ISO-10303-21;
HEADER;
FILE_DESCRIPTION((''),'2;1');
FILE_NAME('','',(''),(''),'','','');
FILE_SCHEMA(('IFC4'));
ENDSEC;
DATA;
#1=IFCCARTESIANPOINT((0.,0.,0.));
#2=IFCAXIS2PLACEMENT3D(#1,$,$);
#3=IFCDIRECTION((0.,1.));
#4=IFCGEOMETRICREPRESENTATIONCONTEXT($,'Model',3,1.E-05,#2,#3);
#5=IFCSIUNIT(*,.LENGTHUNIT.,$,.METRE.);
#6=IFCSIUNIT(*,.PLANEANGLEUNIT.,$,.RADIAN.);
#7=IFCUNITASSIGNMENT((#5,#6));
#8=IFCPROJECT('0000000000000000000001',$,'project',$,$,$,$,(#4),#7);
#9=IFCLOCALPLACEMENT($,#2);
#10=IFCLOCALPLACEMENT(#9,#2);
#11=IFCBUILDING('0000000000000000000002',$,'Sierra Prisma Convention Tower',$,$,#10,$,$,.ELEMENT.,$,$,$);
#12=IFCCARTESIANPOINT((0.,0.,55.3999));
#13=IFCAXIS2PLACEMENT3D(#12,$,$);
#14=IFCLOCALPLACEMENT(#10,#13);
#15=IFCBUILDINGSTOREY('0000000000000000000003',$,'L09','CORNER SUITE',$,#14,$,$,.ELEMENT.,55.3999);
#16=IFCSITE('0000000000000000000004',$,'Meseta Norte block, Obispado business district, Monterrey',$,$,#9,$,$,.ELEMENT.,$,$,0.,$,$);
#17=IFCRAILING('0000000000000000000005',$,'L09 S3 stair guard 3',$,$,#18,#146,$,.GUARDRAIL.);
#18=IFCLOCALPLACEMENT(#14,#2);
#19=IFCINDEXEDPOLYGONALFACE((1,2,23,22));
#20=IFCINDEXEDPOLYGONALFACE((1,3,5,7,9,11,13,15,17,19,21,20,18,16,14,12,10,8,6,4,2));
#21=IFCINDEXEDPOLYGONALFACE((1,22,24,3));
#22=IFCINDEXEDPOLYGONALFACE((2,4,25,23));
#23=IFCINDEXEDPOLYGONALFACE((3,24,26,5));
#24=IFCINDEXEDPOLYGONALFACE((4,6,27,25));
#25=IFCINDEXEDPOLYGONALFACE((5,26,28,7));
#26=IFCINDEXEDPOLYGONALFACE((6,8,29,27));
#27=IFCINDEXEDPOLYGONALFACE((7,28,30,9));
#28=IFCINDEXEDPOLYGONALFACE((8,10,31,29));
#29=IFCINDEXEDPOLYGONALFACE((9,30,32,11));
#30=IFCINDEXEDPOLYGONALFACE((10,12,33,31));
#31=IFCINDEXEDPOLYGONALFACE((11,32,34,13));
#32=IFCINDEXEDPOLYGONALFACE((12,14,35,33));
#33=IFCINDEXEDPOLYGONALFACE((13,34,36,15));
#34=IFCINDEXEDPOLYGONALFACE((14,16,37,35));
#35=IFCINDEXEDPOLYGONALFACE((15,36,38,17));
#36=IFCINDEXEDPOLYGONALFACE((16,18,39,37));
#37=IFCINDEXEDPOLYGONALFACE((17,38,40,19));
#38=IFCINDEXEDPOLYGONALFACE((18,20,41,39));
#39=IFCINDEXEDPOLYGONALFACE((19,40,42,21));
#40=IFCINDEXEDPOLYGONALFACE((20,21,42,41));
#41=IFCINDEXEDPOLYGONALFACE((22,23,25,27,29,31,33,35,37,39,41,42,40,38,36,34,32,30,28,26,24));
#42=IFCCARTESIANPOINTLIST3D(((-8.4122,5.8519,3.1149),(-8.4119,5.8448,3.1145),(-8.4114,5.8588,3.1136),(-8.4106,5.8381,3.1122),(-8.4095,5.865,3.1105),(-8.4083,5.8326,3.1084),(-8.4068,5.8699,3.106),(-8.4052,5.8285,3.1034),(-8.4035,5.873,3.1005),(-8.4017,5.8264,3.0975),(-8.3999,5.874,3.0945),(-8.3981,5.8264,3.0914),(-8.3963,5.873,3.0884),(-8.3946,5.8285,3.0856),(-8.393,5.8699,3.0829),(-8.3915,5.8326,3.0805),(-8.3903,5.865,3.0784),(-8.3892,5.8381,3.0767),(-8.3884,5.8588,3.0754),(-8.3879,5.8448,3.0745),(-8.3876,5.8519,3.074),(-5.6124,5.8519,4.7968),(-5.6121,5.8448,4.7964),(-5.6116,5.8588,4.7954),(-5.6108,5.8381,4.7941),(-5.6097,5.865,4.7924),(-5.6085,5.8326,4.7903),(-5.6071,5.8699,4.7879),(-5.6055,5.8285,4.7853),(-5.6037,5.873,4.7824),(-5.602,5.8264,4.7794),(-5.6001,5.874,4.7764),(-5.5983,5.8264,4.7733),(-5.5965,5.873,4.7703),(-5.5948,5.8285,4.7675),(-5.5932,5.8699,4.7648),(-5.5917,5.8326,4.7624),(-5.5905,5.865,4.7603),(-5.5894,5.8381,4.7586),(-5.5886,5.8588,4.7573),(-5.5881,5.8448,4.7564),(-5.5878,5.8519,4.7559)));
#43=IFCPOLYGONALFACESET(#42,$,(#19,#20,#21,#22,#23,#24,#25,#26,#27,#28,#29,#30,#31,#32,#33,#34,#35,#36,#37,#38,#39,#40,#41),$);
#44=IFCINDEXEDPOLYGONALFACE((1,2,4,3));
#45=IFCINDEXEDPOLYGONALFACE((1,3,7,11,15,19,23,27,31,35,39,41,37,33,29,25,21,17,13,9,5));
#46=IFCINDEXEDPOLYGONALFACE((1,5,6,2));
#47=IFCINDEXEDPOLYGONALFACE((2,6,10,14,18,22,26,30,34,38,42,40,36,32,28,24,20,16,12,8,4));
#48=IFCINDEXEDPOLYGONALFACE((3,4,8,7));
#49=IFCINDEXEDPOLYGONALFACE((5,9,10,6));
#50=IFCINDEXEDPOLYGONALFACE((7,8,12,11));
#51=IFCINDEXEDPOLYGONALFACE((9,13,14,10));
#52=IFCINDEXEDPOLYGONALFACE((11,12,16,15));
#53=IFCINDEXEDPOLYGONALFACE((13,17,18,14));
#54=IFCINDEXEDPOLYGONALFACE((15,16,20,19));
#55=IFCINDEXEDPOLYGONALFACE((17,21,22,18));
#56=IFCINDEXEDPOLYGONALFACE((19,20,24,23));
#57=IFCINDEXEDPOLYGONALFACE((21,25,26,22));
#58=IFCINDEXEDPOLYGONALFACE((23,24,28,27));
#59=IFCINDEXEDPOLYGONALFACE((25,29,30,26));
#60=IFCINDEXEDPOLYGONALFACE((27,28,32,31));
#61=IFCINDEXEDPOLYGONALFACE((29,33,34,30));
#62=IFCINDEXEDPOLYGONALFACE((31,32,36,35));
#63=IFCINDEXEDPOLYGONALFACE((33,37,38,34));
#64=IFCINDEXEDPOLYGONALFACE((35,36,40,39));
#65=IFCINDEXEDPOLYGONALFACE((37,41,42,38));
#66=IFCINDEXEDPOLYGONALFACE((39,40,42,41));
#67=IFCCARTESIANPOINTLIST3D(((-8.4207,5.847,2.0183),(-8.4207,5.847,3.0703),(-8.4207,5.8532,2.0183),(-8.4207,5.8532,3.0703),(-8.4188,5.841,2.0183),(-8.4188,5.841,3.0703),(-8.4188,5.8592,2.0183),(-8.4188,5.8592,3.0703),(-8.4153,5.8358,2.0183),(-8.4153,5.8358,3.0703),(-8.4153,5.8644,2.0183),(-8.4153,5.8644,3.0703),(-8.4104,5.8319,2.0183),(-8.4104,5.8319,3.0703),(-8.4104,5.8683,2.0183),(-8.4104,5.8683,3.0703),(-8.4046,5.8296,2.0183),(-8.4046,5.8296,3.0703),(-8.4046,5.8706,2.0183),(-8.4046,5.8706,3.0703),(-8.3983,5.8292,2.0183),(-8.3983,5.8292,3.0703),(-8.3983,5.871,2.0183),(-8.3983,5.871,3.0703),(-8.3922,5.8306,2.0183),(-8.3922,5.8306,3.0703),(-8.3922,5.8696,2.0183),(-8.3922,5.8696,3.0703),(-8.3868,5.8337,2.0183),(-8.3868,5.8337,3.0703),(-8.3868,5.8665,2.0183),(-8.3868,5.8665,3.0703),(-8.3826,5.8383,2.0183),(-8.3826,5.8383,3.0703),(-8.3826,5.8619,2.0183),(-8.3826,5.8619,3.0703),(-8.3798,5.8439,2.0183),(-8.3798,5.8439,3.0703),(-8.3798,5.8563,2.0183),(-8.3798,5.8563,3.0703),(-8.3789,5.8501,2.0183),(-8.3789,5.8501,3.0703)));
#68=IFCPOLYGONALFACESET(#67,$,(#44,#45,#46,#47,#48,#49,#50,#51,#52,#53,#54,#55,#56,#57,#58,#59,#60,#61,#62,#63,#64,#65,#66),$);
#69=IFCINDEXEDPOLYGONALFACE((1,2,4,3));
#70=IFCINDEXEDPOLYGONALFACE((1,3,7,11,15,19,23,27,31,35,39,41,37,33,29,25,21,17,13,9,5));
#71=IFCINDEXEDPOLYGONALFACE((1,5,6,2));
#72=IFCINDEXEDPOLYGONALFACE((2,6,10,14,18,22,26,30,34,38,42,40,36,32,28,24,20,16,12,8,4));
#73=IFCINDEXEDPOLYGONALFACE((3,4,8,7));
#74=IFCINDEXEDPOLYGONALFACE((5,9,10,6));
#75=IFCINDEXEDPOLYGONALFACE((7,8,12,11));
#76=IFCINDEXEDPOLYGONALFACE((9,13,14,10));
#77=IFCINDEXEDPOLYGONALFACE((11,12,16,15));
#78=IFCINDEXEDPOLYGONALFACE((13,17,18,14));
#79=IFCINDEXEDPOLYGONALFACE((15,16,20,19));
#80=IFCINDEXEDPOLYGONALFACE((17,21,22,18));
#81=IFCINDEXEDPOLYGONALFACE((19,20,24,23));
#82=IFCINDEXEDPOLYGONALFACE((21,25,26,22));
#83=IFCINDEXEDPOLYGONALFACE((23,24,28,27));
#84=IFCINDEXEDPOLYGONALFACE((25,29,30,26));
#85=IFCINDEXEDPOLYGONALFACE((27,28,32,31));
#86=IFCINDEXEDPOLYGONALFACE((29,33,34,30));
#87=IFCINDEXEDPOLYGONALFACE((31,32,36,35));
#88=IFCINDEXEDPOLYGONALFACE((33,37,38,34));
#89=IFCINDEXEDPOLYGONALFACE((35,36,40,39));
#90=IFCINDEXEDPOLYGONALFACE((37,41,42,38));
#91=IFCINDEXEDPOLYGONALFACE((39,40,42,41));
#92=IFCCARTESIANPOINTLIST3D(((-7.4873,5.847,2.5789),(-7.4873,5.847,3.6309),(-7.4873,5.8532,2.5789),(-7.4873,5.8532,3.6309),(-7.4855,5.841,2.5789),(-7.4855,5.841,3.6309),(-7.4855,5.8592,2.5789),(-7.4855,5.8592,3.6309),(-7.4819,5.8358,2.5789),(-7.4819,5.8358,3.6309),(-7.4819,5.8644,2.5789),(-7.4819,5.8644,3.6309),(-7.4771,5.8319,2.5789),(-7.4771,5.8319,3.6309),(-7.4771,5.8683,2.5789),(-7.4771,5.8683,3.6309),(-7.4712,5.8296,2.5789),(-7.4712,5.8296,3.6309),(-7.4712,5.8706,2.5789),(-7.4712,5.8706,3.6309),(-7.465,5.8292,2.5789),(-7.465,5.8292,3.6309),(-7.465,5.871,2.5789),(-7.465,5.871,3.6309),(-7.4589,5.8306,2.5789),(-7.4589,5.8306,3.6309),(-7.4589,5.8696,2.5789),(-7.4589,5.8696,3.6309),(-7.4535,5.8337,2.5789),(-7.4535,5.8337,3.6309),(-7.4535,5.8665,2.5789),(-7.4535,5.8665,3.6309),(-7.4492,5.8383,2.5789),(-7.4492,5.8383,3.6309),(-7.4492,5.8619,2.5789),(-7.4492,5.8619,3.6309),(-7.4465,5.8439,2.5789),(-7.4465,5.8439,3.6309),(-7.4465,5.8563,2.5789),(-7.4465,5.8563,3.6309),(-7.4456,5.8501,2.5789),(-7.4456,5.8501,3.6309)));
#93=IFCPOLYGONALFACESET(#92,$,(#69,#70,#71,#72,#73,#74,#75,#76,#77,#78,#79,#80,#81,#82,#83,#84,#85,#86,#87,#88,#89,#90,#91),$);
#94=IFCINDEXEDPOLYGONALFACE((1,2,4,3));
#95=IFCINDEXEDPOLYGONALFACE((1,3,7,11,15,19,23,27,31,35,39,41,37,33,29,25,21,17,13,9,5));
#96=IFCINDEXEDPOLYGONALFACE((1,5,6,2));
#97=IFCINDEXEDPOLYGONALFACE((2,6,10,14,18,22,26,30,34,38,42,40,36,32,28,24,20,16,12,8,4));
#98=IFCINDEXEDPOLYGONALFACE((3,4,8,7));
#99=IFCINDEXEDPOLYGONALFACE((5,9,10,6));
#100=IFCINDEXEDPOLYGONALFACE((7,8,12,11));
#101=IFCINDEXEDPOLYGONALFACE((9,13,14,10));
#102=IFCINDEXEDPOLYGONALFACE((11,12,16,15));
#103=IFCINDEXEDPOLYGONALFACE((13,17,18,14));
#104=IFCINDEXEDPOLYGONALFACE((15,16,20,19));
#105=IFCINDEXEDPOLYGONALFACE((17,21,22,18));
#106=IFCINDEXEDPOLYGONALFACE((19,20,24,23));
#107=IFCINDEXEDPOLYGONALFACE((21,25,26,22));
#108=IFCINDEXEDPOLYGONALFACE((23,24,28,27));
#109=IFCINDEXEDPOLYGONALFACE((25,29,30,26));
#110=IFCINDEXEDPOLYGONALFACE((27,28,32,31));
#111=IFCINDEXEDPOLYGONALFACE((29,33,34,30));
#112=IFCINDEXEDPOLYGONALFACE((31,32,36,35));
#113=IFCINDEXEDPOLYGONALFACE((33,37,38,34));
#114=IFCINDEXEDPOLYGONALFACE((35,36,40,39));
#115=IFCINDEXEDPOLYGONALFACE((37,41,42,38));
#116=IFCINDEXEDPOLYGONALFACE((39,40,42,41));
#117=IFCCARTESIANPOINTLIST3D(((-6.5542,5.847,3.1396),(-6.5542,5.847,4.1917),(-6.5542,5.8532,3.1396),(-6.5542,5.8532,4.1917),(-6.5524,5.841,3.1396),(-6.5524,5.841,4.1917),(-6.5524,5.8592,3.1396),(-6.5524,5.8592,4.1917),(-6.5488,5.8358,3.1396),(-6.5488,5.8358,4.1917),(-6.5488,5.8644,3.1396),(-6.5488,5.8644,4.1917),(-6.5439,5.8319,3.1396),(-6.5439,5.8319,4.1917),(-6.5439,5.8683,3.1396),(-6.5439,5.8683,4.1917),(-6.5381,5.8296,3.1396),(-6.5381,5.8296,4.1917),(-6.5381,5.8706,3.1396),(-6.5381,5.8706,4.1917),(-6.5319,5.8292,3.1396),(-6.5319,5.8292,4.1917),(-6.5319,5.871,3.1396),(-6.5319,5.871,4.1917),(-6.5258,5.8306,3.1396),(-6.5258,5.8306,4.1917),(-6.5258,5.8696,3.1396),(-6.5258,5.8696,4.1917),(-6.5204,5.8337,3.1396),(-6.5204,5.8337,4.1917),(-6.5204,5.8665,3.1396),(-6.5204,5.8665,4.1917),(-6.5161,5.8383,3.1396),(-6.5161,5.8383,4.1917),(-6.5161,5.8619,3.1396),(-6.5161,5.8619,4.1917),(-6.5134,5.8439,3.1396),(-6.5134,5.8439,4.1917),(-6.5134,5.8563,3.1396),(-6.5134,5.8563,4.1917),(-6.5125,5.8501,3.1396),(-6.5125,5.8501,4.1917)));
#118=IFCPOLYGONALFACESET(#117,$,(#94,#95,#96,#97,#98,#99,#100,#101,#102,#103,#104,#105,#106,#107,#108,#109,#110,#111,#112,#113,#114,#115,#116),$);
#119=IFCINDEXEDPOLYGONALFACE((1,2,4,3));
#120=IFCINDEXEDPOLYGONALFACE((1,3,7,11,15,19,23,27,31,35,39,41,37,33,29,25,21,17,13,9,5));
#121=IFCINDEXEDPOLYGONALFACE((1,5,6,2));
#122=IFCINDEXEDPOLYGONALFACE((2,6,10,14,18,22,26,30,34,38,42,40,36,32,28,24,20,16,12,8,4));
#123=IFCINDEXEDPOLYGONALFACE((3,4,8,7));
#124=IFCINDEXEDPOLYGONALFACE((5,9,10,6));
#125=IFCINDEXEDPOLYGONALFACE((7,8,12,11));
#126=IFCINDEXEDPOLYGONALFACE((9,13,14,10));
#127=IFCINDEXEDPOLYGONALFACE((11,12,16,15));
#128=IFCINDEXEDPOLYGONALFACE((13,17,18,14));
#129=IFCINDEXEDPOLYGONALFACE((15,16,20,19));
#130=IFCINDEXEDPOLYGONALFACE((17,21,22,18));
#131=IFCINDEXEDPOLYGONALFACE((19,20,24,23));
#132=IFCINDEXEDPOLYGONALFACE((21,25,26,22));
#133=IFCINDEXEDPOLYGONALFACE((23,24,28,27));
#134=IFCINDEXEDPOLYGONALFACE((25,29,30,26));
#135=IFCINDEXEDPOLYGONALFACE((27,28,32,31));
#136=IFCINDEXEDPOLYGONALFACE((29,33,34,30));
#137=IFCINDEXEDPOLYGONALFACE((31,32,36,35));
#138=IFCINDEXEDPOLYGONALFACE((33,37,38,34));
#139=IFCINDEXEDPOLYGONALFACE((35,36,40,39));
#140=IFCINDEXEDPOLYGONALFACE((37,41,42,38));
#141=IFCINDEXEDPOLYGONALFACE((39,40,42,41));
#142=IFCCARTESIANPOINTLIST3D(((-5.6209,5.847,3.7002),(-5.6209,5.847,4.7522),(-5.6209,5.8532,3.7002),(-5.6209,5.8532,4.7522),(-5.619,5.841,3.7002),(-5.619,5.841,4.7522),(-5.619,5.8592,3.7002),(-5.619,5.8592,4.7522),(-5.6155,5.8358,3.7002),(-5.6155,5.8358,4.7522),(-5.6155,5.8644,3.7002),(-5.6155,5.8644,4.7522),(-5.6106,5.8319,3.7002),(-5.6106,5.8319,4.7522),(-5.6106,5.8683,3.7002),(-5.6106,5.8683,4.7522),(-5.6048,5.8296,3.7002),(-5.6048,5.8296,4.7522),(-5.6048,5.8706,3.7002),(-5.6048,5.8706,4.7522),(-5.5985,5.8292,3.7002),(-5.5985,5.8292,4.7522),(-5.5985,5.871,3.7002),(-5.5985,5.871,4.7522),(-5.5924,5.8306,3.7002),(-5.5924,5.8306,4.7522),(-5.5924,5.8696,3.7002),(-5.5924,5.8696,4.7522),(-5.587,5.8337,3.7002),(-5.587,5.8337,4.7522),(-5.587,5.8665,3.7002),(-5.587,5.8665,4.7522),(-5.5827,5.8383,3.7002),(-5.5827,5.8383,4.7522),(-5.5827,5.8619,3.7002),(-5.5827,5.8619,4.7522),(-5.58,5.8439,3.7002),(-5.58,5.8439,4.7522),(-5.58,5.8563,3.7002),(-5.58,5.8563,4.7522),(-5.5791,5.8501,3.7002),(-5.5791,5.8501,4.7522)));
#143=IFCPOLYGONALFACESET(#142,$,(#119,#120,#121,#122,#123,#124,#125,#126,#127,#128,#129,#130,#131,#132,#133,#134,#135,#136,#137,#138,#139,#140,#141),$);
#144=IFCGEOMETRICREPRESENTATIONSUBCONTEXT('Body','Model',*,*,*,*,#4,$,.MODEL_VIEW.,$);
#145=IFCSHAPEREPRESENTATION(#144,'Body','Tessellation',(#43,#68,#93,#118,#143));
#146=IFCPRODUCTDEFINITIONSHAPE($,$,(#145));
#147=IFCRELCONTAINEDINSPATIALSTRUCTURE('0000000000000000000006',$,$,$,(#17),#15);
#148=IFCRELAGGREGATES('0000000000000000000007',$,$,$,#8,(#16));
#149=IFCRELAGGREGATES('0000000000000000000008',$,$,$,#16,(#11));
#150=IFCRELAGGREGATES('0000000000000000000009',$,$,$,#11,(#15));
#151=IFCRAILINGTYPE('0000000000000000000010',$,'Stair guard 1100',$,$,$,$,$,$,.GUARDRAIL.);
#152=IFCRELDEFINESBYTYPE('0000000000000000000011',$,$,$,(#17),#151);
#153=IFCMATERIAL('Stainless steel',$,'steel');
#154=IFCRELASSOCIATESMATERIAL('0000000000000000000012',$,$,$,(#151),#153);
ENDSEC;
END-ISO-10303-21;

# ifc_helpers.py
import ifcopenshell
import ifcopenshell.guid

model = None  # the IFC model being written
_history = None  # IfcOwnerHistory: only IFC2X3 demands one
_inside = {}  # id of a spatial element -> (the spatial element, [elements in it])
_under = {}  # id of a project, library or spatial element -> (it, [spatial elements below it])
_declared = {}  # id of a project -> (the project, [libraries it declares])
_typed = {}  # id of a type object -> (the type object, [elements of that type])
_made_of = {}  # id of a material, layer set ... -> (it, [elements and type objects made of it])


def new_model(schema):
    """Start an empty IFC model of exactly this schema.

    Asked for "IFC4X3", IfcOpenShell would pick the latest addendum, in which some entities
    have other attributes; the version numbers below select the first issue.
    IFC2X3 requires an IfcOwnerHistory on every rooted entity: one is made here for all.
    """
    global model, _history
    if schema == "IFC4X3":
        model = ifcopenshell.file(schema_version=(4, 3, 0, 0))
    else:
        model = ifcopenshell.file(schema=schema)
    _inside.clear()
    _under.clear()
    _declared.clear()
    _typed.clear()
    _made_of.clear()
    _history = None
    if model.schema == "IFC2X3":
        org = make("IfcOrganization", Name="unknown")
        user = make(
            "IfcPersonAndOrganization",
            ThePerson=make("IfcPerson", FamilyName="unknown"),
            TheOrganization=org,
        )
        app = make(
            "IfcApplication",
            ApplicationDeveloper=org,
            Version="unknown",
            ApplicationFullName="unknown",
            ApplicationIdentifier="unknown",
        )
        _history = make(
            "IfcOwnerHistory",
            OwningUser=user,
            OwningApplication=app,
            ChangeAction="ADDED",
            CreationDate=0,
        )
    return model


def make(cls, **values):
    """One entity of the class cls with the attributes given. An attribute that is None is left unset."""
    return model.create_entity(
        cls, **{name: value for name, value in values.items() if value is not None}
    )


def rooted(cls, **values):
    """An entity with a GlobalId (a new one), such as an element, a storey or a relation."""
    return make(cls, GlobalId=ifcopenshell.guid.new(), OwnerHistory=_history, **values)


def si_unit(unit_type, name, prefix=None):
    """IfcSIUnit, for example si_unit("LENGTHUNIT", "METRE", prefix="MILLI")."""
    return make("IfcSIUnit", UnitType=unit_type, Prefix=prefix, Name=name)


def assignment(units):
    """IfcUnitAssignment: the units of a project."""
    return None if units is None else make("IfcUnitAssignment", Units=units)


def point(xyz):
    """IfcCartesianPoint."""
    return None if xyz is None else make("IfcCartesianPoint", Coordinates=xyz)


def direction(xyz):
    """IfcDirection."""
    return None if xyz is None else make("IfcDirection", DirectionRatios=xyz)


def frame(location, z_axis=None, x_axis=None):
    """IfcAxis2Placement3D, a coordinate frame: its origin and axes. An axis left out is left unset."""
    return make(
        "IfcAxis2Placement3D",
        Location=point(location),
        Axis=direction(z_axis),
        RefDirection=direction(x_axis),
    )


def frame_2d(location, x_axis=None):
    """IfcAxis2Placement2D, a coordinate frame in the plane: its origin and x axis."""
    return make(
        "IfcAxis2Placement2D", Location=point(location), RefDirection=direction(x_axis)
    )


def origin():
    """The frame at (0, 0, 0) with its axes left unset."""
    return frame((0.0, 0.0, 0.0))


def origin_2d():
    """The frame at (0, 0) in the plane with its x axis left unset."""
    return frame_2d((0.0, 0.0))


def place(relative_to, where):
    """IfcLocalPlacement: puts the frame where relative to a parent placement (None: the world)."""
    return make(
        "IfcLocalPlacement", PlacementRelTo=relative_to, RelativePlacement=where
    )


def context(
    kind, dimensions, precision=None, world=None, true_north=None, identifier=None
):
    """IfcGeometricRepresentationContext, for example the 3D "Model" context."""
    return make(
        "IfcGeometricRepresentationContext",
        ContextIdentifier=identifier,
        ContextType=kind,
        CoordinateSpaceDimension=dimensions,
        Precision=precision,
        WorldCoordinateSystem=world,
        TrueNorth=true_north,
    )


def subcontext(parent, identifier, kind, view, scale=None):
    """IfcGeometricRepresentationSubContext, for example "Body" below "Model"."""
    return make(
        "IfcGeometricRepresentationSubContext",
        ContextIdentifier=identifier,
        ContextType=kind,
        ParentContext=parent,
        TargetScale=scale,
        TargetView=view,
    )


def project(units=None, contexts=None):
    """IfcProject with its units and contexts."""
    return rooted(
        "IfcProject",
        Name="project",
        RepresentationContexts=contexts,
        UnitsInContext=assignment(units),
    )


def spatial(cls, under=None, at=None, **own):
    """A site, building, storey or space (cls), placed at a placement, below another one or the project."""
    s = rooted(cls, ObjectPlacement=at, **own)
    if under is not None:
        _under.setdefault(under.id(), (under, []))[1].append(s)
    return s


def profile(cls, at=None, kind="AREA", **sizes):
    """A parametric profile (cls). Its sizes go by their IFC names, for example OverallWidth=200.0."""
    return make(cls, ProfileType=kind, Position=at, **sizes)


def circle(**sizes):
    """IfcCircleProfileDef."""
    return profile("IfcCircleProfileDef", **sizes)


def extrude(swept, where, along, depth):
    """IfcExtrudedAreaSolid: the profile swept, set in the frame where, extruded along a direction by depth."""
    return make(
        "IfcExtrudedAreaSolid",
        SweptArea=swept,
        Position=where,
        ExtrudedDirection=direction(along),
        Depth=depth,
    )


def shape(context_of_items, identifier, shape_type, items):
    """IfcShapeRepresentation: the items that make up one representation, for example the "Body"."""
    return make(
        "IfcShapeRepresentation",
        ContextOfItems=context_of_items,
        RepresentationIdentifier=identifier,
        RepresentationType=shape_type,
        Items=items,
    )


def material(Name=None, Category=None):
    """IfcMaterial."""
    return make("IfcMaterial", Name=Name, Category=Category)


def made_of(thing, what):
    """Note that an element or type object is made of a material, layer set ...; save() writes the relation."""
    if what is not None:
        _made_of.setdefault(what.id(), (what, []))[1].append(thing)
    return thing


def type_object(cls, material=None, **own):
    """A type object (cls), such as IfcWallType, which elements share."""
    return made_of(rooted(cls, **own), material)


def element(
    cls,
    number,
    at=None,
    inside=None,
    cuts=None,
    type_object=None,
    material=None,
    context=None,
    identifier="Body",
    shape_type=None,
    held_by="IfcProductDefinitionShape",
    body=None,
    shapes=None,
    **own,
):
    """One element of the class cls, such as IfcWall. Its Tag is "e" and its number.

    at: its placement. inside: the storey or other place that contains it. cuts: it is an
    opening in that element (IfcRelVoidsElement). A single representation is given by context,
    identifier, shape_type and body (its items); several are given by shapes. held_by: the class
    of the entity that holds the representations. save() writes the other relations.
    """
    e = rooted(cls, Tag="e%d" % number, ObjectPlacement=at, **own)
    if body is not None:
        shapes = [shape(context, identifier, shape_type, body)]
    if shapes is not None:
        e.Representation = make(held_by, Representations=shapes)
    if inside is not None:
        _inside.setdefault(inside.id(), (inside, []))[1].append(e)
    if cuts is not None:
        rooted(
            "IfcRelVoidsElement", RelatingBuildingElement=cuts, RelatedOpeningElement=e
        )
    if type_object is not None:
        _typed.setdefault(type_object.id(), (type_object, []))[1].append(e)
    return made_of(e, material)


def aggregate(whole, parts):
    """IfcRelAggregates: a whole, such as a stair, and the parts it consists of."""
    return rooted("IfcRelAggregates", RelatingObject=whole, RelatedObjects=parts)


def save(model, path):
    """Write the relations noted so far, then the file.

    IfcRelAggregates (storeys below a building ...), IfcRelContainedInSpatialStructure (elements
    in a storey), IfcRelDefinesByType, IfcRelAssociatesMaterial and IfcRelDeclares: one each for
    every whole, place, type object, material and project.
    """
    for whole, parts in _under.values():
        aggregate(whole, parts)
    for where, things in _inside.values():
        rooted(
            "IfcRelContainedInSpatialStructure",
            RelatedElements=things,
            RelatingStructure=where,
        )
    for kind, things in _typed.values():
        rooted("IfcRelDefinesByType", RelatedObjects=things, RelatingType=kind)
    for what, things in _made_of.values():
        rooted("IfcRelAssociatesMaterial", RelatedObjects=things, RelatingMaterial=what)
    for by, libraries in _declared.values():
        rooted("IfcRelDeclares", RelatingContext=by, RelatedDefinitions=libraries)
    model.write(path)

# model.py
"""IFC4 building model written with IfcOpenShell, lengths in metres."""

from ifc_helpers import new_model, si_unit, direction, frame, origin, origin_2d, place, context, subcontext, project, spatial, circle, extrude, material, type_object, element, save


model = new_model("IFC4")

# Units and contexts
model_context = context("Model", 3, precision=1e-05, world=origin(), true_north=direction((0.0, 1.0)))
body_context = subcontext(model_context, "Body", "Model", "MODEL_VIEW")
ifc_project = project(units=[si_unit("LENGTHUNIT", "METRE"), si_unit("PLANEANGLEUNIT", "RADIAN")], contexts=[model_context])

# Site, building, storey
site_placement = place(None, origin())
site = spatial("IfcSite", under=ifc_project, at=site_placement, Name="Meseta Norte block, Obispado business district, Monterrey", CompositionType="ELEMENT", RefElevation=0.0)
building_placement = place(site_placement, origin())
building = spatial("IfcBuilding", under=site, at=building_placement, Name="Sierra Prisma Convention Tower", CompositionType="ELEMENT")
storey_placement = place(building_placement, frame((0.0, 0.0, 55.3999)))
storey = spatial("IfcBuildingStorey", under=building, at=storey_placement, Name="L09", Description="CORNER SUITE", CompositionType="ELEMENT", Elevation=55.3999)

# Railing
ifc_material_1 = material(Name="Stainless steel", Category="steel")
railing_type_1 = type_object("IfcRailingType", Name="Stair guard 1100", PredefinedType="GUARDRAIL", material=ifc_material_1)
railing_1_placement = place(storey_placement, frame((-8.3999, 5.8501, 2.0183)))
element("IfcRailing", 1, at=railing_1_placement, inside=storey, type_object=railing_type_1, Name="L09 S3 stair guard 3", PredefinedType="GUARDRAIL", context=body_context, shape_type="SweptSolid", body=[
    extrude(circle(Radius=0.0239, at=origin_2d()), frame((0.0, 0.0, 1.0762), z_axis=(0.857222, 0.0, 0.514946), x_axis=(0.0, 1.0, 0.0)), (0.0, 0.0, 1.0), 3.2661),
    extrude(circle(Radius=0.021, at=origin_2d()), origin(), (0.0, 0.0, 1.0), 1.052),
    extrude(circle(Radius=0.021, at=origin_2d()), frame((0.9333, 0.0, 0.5605)), (0.0, 0.0, 1.0), 1.052),
    extrude(circle(Radius=0.021, at=origin_2d()), frame((1.8665, 0.0, 1.1213)), (0.0, 0.0, 1.0), 1.052),
    extrude(circle(Radius=0.021, at=origin_2d()), frame((2.7998, 0.0, 1.6819)), (0.0, 0.0, 1.0), 1.052),
])

save(model, "model.ifc")
